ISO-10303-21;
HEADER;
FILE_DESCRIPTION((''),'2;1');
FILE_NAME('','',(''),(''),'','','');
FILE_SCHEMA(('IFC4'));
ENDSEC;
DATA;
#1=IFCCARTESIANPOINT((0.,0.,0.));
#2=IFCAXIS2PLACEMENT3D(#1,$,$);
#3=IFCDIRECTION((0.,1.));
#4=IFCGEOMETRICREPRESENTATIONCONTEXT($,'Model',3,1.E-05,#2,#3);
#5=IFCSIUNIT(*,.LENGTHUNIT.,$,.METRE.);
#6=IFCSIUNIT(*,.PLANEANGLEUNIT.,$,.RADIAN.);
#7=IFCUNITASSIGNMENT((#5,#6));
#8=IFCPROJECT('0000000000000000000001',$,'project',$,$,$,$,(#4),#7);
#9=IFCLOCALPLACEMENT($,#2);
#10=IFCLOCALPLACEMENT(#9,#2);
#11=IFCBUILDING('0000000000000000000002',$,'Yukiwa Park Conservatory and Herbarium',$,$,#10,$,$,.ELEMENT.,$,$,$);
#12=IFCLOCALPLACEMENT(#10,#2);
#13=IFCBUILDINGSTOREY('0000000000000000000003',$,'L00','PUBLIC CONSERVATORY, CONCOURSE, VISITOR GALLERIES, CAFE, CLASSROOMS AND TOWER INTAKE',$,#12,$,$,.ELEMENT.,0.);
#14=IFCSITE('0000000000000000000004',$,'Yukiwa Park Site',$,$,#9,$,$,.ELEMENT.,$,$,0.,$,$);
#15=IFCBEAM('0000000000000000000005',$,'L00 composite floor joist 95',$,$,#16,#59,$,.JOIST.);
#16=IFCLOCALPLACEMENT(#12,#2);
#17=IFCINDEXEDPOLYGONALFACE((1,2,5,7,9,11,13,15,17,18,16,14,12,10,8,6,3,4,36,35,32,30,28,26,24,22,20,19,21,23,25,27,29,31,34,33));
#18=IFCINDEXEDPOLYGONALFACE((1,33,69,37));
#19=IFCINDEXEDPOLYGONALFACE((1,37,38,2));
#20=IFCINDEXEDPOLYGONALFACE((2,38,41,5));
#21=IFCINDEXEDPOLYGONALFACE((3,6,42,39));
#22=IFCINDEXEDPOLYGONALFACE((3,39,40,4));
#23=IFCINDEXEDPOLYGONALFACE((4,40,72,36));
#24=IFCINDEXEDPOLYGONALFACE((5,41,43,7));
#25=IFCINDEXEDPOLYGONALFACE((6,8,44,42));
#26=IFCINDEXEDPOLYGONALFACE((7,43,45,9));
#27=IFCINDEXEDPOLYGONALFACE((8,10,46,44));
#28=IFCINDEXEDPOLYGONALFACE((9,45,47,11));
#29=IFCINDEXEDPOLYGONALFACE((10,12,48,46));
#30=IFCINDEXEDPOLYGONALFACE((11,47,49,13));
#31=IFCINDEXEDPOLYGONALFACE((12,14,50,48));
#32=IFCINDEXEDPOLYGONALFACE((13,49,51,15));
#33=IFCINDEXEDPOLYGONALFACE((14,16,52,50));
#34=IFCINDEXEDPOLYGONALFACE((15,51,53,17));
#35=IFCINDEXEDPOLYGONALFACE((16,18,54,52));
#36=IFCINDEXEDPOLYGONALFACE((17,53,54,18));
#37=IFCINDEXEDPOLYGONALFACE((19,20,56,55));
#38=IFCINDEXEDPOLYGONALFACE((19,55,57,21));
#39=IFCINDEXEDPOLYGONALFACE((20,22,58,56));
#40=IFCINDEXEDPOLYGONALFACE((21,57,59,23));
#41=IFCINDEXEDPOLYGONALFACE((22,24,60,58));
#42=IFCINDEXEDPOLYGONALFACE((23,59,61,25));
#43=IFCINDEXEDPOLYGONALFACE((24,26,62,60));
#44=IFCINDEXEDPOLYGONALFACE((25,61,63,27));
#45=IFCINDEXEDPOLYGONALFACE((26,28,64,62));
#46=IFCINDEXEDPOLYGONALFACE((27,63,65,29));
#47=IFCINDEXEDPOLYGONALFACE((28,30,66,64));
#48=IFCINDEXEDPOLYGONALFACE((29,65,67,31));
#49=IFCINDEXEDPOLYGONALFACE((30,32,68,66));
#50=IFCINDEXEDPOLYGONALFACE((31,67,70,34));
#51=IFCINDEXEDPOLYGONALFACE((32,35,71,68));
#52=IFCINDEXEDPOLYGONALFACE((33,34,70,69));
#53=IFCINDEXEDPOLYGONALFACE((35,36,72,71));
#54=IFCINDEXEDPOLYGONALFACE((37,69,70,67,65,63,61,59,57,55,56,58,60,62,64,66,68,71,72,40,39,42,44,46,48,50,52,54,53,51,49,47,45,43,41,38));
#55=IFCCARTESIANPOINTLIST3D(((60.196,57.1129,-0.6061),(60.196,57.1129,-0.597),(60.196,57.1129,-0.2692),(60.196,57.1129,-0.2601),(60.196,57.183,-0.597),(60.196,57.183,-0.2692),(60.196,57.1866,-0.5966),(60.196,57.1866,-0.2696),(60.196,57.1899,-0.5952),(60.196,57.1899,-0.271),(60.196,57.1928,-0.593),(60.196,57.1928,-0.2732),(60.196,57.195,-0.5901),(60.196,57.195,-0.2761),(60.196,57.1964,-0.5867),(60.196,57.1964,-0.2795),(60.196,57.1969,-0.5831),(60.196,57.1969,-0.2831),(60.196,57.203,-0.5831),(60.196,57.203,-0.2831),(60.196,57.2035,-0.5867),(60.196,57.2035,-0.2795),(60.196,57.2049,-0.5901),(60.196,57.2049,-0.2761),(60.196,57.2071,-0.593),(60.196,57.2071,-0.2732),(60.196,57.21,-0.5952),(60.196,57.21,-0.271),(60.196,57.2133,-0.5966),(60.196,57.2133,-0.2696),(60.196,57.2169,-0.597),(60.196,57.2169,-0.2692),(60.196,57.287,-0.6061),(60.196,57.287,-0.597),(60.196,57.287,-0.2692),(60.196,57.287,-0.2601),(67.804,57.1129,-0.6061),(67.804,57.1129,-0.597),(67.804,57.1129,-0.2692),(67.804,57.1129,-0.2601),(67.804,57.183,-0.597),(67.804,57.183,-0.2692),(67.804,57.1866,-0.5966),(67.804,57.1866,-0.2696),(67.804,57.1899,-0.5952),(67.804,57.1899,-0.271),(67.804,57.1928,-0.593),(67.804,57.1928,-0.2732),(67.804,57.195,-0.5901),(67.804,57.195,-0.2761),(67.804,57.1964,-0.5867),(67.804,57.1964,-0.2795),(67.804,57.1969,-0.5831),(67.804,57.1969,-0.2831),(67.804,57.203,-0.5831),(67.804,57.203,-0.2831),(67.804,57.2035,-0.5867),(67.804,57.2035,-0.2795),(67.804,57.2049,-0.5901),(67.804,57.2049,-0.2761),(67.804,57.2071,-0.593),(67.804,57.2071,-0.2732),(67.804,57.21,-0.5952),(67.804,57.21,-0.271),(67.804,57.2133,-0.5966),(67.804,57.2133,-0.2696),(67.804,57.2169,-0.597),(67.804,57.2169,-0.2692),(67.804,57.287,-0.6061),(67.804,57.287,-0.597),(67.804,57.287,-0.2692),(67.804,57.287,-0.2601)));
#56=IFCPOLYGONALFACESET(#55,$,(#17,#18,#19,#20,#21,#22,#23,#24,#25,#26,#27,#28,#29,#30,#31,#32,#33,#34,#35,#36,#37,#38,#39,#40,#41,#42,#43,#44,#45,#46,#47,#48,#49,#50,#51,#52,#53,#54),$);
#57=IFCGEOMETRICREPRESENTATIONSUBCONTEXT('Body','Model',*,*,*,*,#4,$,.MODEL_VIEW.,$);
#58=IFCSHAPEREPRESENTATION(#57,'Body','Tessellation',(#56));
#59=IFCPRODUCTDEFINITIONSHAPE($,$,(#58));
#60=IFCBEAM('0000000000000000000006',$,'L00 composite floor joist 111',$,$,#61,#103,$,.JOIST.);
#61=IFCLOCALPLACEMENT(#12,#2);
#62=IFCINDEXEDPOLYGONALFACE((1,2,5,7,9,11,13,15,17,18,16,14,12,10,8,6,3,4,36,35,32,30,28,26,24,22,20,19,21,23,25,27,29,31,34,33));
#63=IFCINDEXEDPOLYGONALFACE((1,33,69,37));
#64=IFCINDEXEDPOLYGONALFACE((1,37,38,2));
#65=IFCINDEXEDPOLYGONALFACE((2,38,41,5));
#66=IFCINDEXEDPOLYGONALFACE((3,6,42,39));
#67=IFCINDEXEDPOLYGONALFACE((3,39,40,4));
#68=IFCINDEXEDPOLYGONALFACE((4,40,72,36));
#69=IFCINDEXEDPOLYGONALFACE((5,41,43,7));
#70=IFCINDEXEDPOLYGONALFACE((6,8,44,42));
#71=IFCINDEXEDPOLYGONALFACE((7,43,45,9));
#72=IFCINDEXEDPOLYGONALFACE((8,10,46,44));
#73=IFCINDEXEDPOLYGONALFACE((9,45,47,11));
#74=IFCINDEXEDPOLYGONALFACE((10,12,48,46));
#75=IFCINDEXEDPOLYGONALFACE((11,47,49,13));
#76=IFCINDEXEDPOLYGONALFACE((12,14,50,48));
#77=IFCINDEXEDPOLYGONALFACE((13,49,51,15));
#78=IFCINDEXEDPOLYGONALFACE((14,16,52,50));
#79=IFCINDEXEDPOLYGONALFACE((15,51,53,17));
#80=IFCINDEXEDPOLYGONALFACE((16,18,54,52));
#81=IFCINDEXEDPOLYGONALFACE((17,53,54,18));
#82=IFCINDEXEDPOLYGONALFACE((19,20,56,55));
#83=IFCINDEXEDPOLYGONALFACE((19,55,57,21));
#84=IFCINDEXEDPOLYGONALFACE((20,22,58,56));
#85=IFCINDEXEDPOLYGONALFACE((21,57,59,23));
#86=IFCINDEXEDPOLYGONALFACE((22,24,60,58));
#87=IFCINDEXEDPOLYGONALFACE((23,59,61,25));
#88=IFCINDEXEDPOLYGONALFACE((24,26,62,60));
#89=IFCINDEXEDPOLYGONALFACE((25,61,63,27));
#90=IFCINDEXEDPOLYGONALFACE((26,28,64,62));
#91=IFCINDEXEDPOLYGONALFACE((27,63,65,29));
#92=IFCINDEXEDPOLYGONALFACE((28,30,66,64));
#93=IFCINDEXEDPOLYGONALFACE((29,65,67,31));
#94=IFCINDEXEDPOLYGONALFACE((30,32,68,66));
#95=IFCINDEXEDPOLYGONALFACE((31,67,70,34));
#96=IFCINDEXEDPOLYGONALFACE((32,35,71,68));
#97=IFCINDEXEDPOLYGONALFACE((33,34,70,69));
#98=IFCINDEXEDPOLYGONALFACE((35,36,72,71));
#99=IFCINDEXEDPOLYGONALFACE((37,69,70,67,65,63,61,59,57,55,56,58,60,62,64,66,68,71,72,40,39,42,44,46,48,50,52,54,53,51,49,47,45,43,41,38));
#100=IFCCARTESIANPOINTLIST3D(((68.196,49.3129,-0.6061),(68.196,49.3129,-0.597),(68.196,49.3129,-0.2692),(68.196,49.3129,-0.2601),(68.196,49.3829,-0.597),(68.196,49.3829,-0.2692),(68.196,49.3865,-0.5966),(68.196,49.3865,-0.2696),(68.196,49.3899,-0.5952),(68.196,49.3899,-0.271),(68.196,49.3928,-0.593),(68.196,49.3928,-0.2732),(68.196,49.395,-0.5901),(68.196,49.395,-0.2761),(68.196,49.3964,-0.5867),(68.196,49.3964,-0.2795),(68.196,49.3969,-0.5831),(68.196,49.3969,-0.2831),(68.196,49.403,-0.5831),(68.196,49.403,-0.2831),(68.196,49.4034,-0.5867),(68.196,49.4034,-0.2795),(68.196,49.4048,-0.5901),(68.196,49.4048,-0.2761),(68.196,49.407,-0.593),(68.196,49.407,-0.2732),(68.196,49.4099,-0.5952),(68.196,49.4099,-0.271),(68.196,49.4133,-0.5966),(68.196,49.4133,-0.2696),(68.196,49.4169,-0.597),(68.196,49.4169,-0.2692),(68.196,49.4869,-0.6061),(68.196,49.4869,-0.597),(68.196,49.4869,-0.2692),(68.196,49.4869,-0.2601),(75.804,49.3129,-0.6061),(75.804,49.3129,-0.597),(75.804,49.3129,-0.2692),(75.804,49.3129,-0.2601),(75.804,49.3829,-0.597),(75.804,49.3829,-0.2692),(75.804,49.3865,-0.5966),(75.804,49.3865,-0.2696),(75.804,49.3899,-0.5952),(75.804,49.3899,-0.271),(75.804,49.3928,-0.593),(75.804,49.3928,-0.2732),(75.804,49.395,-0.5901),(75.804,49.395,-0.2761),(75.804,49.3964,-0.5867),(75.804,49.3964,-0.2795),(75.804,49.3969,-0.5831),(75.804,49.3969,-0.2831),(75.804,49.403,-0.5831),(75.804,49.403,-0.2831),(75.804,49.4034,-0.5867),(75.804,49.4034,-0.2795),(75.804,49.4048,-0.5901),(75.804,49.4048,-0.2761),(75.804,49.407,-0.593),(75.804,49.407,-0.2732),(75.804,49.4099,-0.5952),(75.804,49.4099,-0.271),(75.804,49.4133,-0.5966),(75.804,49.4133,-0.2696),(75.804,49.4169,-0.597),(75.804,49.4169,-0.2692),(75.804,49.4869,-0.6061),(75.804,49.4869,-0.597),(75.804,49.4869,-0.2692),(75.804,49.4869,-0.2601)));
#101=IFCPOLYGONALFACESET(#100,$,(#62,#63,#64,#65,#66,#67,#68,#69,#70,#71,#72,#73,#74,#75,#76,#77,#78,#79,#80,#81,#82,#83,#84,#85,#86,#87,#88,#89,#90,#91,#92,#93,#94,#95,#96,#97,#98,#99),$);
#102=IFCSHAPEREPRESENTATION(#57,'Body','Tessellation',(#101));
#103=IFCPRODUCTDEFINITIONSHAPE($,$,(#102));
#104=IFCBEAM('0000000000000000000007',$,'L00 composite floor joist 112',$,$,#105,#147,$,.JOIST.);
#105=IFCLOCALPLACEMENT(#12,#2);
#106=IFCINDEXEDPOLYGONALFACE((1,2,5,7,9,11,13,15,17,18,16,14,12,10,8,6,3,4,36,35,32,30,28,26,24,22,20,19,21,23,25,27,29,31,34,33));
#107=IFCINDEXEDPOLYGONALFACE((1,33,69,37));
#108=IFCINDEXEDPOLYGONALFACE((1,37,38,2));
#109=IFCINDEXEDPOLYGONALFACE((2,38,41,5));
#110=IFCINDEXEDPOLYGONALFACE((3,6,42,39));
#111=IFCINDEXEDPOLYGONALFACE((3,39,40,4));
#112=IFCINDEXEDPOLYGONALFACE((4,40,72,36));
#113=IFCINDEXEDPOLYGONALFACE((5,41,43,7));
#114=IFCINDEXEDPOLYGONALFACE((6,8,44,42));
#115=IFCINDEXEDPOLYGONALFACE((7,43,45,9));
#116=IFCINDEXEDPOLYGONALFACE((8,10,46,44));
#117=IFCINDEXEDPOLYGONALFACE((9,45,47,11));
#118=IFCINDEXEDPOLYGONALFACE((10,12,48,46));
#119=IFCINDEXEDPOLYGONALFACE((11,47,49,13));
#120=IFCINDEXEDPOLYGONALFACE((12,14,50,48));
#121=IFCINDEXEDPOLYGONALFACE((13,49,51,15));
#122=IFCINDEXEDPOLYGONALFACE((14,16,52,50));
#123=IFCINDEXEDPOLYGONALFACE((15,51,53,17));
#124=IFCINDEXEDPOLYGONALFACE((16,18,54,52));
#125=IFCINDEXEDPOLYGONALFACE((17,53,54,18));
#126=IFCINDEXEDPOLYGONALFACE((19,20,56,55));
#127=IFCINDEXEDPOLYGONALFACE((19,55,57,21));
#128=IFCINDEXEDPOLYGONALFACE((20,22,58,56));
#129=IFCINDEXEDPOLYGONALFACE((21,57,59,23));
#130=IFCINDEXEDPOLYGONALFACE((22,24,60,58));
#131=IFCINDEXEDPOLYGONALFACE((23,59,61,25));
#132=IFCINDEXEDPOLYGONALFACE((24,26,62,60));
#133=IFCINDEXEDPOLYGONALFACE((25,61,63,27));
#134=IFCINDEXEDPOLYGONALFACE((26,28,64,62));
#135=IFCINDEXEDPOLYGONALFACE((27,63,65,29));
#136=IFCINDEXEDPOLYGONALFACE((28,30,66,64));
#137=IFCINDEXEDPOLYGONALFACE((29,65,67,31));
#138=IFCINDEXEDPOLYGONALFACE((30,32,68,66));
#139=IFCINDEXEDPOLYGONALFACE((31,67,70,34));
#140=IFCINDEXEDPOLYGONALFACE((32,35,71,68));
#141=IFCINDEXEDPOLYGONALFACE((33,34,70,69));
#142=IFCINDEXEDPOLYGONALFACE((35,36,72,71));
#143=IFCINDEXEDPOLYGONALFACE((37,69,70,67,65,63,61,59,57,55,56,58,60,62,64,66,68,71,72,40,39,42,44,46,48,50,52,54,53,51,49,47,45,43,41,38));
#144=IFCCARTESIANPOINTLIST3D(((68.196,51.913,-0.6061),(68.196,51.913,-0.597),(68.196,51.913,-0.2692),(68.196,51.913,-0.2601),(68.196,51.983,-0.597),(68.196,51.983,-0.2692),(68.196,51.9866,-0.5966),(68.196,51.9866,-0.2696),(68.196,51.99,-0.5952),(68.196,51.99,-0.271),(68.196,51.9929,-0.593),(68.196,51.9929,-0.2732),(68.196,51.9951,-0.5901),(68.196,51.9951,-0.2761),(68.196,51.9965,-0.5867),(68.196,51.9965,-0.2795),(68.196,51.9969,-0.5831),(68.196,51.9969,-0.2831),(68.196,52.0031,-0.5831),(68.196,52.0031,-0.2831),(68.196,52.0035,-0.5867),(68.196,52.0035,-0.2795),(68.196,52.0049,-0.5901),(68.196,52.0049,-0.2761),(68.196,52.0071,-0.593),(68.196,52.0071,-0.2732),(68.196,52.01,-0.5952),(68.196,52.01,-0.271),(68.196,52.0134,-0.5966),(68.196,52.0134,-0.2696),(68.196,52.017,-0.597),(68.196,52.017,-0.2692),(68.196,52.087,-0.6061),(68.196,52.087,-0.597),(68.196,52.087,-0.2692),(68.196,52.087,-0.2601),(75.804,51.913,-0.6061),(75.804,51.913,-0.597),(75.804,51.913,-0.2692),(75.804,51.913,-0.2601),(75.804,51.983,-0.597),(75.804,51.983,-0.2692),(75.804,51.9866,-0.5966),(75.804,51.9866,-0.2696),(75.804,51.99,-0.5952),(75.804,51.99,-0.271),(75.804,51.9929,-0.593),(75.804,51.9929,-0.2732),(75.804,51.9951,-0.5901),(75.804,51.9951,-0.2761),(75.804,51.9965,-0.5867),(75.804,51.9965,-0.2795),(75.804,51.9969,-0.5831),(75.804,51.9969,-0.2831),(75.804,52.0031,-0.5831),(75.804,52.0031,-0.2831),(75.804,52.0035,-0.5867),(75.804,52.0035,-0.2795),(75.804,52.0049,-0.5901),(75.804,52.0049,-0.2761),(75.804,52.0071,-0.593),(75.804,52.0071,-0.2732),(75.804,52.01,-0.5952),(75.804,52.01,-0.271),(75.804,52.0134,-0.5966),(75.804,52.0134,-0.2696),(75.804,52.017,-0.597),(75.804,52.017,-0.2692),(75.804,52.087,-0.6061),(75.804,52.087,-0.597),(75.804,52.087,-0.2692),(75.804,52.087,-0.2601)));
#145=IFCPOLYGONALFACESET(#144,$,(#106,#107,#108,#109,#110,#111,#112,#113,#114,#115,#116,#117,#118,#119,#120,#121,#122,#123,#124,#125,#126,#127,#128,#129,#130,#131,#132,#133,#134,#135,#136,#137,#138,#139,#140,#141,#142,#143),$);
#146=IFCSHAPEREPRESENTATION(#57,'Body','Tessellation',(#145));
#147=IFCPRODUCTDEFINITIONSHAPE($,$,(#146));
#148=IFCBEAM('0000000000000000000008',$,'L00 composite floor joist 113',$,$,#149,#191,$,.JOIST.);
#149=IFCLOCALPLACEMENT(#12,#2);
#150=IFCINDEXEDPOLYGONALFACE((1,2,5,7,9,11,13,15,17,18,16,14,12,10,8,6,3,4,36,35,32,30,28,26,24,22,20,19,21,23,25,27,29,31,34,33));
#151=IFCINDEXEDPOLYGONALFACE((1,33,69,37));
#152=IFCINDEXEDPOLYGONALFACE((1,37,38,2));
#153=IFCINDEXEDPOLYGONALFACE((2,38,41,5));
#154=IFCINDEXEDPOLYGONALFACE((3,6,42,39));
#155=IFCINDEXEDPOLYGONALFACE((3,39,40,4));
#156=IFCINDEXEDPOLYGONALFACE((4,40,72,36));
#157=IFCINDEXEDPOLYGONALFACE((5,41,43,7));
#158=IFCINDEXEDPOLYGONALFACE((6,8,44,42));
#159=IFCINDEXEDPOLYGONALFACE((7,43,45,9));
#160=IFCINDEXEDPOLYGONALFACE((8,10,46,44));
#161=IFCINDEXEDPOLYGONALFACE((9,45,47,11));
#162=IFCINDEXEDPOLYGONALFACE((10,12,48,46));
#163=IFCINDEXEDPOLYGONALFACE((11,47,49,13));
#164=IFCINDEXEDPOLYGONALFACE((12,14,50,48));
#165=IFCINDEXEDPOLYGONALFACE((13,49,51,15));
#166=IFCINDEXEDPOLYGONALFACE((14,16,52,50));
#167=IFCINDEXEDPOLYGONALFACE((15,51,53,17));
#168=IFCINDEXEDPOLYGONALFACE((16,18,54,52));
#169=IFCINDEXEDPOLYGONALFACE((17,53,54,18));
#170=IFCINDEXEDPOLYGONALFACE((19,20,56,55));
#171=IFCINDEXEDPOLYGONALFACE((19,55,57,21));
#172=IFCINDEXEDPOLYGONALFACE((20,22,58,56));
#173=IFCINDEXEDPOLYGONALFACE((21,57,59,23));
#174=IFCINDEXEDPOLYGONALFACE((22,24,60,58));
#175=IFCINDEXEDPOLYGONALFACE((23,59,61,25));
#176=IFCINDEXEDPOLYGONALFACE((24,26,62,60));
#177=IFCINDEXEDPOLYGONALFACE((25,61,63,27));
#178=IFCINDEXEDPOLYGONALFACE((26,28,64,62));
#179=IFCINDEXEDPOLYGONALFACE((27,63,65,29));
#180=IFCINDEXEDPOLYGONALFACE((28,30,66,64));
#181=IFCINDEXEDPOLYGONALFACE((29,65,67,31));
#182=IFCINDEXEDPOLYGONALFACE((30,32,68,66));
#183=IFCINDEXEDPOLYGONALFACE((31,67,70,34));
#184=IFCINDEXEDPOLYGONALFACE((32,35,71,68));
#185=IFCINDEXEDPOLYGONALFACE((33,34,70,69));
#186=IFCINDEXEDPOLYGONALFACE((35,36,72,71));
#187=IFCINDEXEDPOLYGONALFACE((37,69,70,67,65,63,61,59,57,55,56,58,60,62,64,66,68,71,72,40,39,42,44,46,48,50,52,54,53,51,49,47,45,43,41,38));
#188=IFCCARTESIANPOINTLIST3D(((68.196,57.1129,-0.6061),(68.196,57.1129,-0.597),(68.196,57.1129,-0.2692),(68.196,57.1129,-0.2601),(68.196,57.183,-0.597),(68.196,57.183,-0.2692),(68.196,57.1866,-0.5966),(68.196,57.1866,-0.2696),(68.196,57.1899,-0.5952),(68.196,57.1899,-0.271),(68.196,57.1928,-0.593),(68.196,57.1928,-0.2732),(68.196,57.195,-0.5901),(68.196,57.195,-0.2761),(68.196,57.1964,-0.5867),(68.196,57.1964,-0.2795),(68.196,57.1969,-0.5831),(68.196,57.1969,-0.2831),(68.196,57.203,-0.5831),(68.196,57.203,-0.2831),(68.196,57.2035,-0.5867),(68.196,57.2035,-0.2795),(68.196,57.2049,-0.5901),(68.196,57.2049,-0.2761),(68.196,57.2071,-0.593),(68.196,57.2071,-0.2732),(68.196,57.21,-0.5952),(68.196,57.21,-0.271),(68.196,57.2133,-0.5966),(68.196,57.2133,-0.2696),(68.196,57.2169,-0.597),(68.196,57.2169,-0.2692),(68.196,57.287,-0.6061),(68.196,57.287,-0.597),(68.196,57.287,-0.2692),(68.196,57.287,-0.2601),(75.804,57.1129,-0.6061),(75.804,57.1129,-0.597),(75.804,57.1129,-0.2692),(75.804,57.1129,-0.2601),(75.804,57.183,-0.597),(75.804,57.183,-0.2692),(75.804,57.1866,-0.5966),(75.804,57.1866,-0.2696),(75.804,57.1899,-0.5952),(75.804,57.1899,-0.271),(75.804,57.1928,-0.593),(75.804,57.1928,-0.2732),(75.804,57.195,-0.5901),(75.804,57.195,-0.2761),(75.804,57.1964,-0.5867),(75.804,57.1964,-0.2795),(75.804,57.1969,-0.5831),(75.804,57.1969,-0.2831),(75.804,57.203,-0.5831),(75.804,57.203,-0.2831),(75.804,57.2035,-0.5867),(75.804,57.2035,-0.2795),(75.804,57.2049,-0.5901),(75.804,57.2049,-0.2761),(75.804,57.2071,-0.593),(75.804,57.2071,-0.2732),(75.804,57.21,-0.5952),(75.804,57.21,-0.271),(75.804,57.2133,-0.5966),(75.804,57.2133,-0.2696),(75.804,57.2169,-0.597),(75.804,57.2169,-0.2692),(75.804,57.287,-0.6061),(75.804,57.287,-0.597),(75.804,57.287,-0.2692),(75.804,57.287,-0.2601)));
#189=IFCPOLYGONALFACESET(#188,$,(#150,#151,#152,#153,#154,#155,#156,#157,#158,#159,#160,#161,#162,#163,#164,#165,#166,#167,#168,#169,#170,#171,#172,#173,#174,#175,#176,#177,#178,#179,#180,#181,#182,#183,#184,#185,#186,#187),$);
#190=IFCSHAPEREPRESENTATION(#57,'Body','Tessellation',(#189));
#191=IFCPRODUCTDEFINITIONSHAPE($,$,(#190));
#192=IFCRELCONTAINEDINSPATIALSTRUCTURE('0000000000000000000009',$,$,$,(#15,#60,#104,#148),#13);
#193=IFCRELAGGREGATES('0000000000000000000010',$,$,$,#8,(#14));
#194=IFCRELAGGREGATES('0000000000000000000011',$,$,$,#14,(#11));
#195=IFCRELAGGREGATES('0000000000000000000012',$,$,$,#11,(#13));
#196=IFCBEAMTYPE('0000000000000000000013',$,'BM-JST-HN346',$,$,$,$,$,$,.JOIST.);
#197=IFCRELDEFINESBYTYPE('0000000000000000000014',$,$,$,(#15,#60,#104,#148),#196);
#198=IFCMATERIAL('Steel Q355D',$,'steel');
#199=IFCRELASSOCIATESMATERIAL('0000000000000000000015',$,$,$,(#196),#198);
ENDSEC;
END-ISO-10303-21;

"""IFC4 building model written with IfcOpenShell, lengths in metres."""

from ifc_helpers import new_model, si_unit, direction, frame, origin, origin_2d, place, context, subcontext, project, spatial, i_section, extrude, material, material_profile, profile_set, type_object, element, save


model = new_model("IFC4")

# Units and contexts
model_context = context("Model", 3, precision=1e-05, world=origin(), true_north=direction((0.0, 1.0)))
body_context = subcontext(model_context, "Body", "Model", "MODEL_VIEW")
ifc_project = project(units=[si_unit("LENGTHUNIT", "METRE"), si_unit("PLANEANGLEUNIT", "RADIAN")], contexts=[model_context])

# Site, building, storey
site_placement = place(None, origin())
site = spatial("IfcSite", under=ifc_project, at=site_placement, Name="Yukiwa Park Site", CompositionType="ELEMENT", RefElevation=0.0)
building_placement = place(site_placement, origin())
building = spatial("IfcBuilding", under=site, at=building_placement, Name="Yukiwa Park Conservatory and Herbarium", CompositionType="ELEMENT")
storey_placement = place(building_placement, origin())
storey = spatial("IfcBuildingStorey", under=building, at=storey_placement, Name="L00", Description="PUBLIC CONSERVATORY, CONCOURSE, VISITOR GALLERIES, CAFE, CLASSROOMS AND TOWER INTAKE", CompositionType="ELEMENT", Elevation=0.0)

# Beams
ifc_material_1 = material(Name="Steel Q355D", Category="steel")
ifc_material_profile_1 = material_profile(ifc_material_1, i_section(OverallWidth=0.1741, OverallDepth=0.3459, WebThickness=0.0061, FlangeThickness=0.009, FilletRadius=0.0139, at=origin_2d()), Name="HN 346x174x6x9")
ifc_profile_set_1 = profile_set([ifc_material_profile_1], Name="Steel Q355D")
beam_type_1 = type_object("IfcBeamType", Name="BM-JST-HN346", PredefinedType="JOIST", material=ifc_profile_set_1)
for number, where, z_axis, x_axis, name in (
    (1, (60.196, 57.2, -0.4331), (1.0, 0.0, 0.0), (0.0, 1.0, 0.0), "L00 composite floor joist 95"),
    (2, (68.196, 49.3999, -0.4331), (1.0, 0.0, 0.0), (0.0, 1.0, 0.0), "L00 composite floor joist 111"),
    (3, (68.196, 52.0, -0.4331), (1.0, 0.0, 0.0), (0.0, 1.0, 0.0), "L00 composite floor joist 112"),
    (4, (68.196, 57.2, -0.4331), (1.0, 0.0, 0.0), (0.0, 1.0, 0.0), "L00 composite floor joist 113"),
):
    element("IfcBeam", number, at=place(storey_placement, frame(where, z_axis=z_axis, x_axis=x_axis)), inside=storey, type_object=beam_type_1, Name=name, PredefinedType="JOIST", context=body_context, shape_type="SweptSolid", body=[
        extrude(i_section(OverallWidth=0.1741, OverallDepth=0.3459, WebThickness=0.0061, FlangeThickness=0.009, FilletRadius=0.0139, at=origin_2d()), origin(), (0.0, 0.0, 1.0), 7.6079),
    ])

save(model, "model.ifc")
